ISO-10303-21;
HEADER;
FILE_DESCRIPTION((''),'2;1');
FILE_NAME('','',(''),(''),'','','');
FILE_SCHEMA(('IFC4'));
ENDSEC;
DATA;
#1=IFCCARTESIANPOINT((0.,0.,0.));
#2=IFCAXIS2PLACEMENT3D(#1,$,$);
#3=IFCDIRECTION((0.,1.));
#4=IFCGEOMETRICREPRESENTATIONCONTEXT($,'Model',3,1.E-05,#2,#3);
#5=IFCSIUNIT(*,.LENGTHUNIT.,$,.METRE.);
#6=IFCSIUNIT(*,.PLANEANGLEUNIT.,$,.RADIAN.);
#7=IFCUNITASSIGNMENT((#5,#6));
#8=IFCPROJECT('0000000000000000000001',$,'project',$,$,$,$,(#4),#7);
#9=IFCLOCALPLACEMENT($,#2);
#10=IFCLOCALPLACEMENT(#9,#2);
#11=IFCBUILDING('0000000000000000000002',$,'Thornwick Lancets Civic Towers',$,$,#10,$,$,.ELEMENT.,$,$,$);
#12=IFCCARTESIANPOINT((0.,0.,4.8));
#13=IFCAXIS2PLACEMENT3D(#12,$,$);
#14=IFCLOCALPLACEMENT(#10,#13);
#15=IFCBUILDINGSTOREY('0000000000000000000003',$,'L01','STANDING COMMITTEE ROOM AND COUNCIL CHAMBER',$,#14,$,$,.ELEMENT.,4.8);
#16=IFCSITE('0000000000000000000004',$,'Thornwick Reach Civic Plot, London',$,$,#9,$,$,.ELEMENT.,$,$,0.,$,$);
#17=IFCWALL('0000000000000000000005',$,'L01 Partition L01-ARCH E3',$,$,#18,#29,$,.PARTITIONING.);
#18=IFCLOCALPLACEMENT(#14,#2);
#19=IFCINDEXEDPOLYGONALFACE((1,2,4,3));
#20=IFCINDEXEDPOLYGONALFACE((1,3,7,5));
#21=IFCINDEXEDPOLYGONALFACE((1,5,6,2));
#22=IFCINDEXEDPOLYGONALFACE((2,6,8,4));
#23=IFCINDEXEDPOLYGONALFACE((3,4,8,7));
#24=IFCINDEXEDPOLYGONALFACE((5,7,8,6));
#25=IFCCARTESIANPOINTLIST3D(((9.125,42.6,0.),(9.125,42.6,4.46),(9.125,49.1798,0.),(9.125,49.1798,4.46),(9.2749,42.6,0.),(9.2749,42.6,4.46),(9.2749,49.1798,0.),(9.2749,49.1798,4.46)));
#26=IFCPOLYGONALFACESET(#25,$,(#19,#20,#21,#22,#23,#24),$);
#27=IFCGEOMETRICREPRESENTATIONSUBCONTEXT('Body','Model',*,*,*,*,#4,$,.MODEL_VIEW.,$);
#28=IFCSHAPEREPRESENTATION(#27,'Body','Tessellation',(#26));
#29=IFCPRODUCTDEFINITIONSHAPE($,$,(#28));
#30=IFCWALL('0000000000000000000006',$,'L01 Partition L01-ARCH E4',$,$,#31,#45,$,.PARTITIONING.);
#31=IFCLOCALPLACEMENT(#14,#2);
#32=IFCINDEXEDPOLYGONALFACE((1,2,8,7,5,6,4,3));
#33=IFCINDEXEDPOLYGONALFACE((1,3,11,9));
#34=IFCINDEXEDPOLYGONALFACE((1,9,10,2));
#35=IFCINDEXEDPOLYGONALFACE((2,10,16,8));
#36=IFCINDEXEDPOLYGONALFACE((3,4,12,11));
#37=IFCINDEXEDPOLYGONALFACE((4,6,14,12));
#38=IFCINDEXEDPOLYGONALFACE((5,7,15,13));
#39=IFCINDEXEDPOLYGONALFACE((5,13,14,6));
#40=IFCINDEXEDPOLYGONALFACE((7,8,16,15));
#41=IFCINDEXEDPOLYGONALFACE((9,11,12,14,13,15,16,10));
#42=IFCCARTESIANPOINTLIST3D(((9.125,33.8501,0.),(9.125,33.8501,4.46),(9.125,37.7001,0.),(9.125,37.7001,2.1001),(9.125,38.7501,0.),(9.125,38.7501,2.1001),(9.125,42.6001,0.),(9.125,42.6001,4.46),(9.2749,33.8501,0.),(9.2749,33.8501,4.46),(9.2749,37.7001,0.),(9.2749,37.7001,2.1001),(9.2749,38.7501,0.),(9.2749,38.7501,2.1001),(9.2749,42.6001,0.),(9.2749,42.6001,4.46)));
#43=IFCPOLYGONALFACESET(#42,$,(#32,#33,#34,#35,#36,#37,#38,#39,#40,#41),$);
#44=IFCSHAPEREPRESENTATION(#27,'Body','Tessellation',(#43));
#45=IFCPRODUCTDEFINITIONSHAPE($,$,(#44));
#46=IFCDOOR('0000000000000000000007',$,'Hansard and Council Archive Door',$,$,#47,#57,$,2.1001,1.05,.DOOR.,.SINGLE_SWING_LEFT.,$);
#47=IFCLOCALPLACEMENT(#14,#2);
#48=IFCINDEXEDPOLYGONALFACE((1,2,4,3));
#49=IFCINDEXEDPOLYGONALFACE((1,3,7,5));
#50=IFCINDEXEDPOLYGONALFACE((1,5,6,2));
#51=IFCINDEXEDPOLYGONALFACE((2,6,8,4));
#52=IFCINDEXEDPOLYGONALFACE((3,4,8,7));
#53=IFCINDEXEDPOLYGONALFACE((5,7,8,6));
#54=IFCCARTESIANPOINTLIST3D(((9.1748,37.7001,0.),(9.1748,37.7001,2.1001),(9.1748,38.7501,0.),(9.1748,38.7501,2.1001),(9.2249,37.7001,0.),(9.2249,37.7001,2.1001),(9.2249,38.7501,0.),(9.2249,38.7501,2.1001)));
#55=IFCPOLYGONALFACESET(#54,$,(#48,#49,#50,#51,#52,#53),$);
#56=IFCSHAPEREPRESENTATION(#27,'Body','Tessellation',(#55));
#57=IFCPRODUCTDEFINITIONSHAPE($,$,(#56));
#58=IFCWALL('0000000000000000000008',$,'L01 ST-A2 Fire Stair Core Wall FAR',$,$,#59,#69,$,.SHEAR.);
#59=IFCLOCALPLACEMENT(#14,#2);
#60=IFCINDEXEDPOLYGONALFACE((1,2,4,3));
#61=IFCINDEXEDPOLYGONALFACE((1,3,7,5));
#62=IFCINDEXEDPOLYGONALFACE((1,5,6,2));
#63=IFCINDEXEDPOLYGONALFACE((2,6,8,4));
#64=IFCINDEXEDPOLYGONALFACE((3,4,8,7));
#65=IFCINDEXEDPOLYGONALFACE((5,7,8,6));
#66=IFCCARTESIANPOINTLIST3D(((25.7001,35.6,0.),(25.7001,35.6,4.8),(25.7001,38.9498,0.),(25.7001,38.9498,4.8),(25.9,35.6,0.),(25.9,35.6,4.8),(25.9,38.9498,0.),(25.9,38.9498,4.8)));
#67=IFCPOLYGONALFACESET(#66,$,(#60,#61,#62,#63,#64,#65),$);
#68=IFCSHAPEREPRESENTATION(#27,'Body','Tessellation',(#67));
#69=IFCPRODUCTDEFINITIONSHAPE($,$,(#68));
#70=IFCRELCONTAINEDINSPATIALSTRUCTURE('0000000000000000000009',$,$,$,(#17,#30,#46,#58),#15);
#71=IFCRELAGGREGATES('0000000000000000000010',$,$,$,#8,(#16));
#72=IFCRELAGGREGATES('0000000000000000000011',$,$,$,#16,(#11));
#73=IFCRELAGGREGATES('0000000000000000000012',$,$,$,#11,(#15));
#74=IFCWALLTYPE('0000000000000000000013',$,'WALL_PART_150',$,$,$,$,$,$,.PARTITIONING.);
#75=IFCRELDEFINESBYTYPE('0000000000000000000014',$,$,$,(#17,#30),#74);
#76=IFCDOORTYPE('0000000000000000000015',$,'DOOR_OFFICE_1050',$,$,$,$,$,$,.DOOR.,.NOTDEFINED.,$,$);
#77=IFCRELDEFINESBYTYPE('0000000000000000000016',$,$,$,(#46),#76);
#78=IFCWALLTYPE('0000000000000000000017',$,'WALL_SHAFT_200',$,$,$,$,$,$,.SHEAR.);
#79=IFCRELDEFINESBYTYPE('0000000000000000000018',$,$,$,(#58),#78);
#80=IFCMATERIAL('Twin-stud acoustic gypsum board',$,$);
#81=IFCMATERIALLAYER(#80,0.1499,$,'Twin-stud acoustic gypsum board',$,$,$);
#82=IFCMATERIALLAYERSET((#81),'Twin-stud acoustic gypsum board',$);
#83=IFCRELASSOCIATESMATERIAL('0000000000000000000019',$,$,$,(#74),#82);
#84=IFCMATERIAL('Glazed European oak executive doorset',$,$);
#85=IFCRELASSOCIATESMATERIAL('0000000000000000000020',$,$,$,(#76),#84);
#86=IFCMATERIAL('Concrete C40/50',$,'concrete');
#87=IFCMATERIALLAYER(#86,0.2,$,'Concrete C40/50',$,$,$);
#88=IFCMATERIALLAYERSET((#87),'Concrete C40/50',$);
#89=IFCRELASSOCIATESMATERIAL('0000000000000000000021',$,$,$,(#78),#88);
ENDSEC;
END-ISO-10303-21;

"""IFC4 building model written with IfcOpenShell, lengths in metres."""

from ifc_helpers import new_model, si_unit, direction, frame, frame_2d, origin, place, context, subcontext, project, spatial, rectangle, extrude, material, layer, layer_set, type_object, element, fill, save


model = new_model("IFC4")

# Units and contexts
model_context = context("Model", 3, precision=1e-05, world=origin(), true_north=direction((0.0, 1.0)))
body_context = subcontext(model_context, "Body", "Model", "MODEL_VIEW")
ifc_project = project(units=[si_unit("LENGTHUNIT", "METRE"), si_unit("PLANEANGLEUNIT", "RADIAN")], contexts=[model_context])

# Site, building, storey
site_placement = place(None, origin())
site = spatial("IfcSite", under=ifc_project, at=site_placement, Name="Thornwick Reach Civic Plot, London", CompositionType="ELEMENT", RefElevation=0.0)
building_placement = place(site_placement, origin())
building = spatial("IfcBuilding", under=site, at=building_placement, Name="Thornwick Lancets Civic Towers", CompositionType="ELEMENT")
storey_placement = place(building_placement, frame((0.0, 0.0, 4.8)))
storey = spatial("IfcBuildingStorey", under=building, at=storey_placement, Name="L01", Description="STANDING COMMITTEE ROOM AND COUNCIL CHAMBER", CompositionType="ELEMENT", Elevation=4.8)

# Wall
ifc_material_1 = material(Name="Twin-stud acoustic gypsum board")
ifc_layer_1 = layer(ifc_material_1, 0.1499, Name="Twin-stud acoustic gypsum board")
ifc_layer_set_1 = layer_set([ifc_layer_1], Name="Twin-stud acoustic gypsum board")
wall_type_1 = type_object("IfcWallType", Name="WALL_PART_150", PredefinedType="PARTITIONING", material=ifc_layer_set_1)
wall_1_placement = place(storey_placement, frame((9.2, 49.1799, 0.0), z_axis=(0.0, 0.0, 1.0), x_axis=(0.0, -1.0, 0.0)))
element("IfcWall", 1, at=wall_1_placement, inside=storey, type_object=wall_type_1, Name="L01 Partition L01-ARCH E3", PredefinedType="PARTITIONING", context=body_context, shape_type="SweptSolid", body=[
    extrude(rectangle(XDim=6.5798, YDim=0.1499, at=frame_2d((3.29, 0.0))), origin(), (0.0, 0.0, 1.0), 4.46),
])

# Wall, opening, door
wall_2_placement = place(storey_placement, frame((9.2, 42.6001, 0.0), z_axis=(0.0, 0.0, 1.0), x_axis=(0.0, -1.0, 0.0)))
wall_2 = element("IfcWall", 2, at=wall_2_placement, inside=storey, type_object=wall_type_1, Name="L01 Partition L01-ARCH E4", PredefinedType="PARTITIONING", context=body_context, shape_type="SweptSolid", body=[
    extrude(rectangle(XDim=8.75, YDim=0.1499, at=frame_2d((4.375, 0.0))), origin(), (0.0, 0.0, 1.0), 4.46),
])
opening_1_placement = place(wall_2_placement, frame((3.8501, 0.0, 0.0)))
opening_1 = element("IfcOpeningElement", 3, at=opening_1_placement, cuts=wall_2, PredefinedType="OPENING", context=body_context, shape_type="SweptSolid", body=[
    extrude(rectangle(XDim=1.05, YDim=2.1001, at=frame_2d((0.5249, 1.05))), frame((0.0, 0.085, 0.0), z_axis=(0.0, -1.0, 0.0), x_axis=(1.0, 0.0, 0.0)), (0.0, 0.0, 1.0), 0.1699),
])
ifc_material_2 = material(Name="Glazed European oak executive doorset")
door_type_1 = type_object("IfcDoorType", Name="DOOR_OFFICE_1050", OperationType="NOTDEFINED", PredefinedType="DOOR", material=ifc_material_2)
door_1_placement = place(opening_1_placement, origin())
door_1 = element("IfcDoor", 4, at=door_1_placement, inside=storey, type_object=door_type_1, Name="Hansard and Council Archive Door", OperationType="SINGLE_SWING_LEFT", OverallHeight=2.1001, OverallWidth=1.05, PredefinedType="DOOR", context=body_context, shape_type="SweptSolid", body=[
    extrude(rectangle(XDim=1.05, YDim=2.1001, at=frame_2d((0.5249, 1.05))), frame((0.0, 0.0249, 0.0), z_axis=(0.0, -1.0, 0.0), x_axis=(1.0, 0.0, 0.0)), (0.0, 0.0, 1.0), 0.05),
])
fill(opening_1, door_1)

# Wall
ifc_material_3 = material(Name="Concrete C40/50", Category="concrete")
ifc_layer_2 = layer(ifc_material_3, 0.2, Name="Concrete C40/50")
ifc_layer_set_2 = layer_set([ifc_layer_2], Name="Concrete C40/50")
wall_type_2 = type_object("IfcWallType", Name="WALL_SHAFT_200", PredefinedType="SHEAR", material=ifc_layer_set_2)
wall_3_placement = place(storey_placement, frame((25.8, 35.6001, 0.0), z_axis=(0.0, 0.0, 1.0), x_axis=(0.0, 1.0, 0.0)))
element("IfcWall", 5, at=wall_3_placement, inside=storey, type_object=wall_type_2, Name="L01 ST-A2 Fire Stair Core Wall FAR", PredefinedType="SHEAR", context=body_context, shape_type="SweptSolid", body=[
    extrude(rectangle(XDim=3.3499, YDim=0.2, at=frame_2d((1.6748, 0.0))), origin(), (0.0, 0.0, 1.0), 4.8),
])

save(model, "model.ifc")
